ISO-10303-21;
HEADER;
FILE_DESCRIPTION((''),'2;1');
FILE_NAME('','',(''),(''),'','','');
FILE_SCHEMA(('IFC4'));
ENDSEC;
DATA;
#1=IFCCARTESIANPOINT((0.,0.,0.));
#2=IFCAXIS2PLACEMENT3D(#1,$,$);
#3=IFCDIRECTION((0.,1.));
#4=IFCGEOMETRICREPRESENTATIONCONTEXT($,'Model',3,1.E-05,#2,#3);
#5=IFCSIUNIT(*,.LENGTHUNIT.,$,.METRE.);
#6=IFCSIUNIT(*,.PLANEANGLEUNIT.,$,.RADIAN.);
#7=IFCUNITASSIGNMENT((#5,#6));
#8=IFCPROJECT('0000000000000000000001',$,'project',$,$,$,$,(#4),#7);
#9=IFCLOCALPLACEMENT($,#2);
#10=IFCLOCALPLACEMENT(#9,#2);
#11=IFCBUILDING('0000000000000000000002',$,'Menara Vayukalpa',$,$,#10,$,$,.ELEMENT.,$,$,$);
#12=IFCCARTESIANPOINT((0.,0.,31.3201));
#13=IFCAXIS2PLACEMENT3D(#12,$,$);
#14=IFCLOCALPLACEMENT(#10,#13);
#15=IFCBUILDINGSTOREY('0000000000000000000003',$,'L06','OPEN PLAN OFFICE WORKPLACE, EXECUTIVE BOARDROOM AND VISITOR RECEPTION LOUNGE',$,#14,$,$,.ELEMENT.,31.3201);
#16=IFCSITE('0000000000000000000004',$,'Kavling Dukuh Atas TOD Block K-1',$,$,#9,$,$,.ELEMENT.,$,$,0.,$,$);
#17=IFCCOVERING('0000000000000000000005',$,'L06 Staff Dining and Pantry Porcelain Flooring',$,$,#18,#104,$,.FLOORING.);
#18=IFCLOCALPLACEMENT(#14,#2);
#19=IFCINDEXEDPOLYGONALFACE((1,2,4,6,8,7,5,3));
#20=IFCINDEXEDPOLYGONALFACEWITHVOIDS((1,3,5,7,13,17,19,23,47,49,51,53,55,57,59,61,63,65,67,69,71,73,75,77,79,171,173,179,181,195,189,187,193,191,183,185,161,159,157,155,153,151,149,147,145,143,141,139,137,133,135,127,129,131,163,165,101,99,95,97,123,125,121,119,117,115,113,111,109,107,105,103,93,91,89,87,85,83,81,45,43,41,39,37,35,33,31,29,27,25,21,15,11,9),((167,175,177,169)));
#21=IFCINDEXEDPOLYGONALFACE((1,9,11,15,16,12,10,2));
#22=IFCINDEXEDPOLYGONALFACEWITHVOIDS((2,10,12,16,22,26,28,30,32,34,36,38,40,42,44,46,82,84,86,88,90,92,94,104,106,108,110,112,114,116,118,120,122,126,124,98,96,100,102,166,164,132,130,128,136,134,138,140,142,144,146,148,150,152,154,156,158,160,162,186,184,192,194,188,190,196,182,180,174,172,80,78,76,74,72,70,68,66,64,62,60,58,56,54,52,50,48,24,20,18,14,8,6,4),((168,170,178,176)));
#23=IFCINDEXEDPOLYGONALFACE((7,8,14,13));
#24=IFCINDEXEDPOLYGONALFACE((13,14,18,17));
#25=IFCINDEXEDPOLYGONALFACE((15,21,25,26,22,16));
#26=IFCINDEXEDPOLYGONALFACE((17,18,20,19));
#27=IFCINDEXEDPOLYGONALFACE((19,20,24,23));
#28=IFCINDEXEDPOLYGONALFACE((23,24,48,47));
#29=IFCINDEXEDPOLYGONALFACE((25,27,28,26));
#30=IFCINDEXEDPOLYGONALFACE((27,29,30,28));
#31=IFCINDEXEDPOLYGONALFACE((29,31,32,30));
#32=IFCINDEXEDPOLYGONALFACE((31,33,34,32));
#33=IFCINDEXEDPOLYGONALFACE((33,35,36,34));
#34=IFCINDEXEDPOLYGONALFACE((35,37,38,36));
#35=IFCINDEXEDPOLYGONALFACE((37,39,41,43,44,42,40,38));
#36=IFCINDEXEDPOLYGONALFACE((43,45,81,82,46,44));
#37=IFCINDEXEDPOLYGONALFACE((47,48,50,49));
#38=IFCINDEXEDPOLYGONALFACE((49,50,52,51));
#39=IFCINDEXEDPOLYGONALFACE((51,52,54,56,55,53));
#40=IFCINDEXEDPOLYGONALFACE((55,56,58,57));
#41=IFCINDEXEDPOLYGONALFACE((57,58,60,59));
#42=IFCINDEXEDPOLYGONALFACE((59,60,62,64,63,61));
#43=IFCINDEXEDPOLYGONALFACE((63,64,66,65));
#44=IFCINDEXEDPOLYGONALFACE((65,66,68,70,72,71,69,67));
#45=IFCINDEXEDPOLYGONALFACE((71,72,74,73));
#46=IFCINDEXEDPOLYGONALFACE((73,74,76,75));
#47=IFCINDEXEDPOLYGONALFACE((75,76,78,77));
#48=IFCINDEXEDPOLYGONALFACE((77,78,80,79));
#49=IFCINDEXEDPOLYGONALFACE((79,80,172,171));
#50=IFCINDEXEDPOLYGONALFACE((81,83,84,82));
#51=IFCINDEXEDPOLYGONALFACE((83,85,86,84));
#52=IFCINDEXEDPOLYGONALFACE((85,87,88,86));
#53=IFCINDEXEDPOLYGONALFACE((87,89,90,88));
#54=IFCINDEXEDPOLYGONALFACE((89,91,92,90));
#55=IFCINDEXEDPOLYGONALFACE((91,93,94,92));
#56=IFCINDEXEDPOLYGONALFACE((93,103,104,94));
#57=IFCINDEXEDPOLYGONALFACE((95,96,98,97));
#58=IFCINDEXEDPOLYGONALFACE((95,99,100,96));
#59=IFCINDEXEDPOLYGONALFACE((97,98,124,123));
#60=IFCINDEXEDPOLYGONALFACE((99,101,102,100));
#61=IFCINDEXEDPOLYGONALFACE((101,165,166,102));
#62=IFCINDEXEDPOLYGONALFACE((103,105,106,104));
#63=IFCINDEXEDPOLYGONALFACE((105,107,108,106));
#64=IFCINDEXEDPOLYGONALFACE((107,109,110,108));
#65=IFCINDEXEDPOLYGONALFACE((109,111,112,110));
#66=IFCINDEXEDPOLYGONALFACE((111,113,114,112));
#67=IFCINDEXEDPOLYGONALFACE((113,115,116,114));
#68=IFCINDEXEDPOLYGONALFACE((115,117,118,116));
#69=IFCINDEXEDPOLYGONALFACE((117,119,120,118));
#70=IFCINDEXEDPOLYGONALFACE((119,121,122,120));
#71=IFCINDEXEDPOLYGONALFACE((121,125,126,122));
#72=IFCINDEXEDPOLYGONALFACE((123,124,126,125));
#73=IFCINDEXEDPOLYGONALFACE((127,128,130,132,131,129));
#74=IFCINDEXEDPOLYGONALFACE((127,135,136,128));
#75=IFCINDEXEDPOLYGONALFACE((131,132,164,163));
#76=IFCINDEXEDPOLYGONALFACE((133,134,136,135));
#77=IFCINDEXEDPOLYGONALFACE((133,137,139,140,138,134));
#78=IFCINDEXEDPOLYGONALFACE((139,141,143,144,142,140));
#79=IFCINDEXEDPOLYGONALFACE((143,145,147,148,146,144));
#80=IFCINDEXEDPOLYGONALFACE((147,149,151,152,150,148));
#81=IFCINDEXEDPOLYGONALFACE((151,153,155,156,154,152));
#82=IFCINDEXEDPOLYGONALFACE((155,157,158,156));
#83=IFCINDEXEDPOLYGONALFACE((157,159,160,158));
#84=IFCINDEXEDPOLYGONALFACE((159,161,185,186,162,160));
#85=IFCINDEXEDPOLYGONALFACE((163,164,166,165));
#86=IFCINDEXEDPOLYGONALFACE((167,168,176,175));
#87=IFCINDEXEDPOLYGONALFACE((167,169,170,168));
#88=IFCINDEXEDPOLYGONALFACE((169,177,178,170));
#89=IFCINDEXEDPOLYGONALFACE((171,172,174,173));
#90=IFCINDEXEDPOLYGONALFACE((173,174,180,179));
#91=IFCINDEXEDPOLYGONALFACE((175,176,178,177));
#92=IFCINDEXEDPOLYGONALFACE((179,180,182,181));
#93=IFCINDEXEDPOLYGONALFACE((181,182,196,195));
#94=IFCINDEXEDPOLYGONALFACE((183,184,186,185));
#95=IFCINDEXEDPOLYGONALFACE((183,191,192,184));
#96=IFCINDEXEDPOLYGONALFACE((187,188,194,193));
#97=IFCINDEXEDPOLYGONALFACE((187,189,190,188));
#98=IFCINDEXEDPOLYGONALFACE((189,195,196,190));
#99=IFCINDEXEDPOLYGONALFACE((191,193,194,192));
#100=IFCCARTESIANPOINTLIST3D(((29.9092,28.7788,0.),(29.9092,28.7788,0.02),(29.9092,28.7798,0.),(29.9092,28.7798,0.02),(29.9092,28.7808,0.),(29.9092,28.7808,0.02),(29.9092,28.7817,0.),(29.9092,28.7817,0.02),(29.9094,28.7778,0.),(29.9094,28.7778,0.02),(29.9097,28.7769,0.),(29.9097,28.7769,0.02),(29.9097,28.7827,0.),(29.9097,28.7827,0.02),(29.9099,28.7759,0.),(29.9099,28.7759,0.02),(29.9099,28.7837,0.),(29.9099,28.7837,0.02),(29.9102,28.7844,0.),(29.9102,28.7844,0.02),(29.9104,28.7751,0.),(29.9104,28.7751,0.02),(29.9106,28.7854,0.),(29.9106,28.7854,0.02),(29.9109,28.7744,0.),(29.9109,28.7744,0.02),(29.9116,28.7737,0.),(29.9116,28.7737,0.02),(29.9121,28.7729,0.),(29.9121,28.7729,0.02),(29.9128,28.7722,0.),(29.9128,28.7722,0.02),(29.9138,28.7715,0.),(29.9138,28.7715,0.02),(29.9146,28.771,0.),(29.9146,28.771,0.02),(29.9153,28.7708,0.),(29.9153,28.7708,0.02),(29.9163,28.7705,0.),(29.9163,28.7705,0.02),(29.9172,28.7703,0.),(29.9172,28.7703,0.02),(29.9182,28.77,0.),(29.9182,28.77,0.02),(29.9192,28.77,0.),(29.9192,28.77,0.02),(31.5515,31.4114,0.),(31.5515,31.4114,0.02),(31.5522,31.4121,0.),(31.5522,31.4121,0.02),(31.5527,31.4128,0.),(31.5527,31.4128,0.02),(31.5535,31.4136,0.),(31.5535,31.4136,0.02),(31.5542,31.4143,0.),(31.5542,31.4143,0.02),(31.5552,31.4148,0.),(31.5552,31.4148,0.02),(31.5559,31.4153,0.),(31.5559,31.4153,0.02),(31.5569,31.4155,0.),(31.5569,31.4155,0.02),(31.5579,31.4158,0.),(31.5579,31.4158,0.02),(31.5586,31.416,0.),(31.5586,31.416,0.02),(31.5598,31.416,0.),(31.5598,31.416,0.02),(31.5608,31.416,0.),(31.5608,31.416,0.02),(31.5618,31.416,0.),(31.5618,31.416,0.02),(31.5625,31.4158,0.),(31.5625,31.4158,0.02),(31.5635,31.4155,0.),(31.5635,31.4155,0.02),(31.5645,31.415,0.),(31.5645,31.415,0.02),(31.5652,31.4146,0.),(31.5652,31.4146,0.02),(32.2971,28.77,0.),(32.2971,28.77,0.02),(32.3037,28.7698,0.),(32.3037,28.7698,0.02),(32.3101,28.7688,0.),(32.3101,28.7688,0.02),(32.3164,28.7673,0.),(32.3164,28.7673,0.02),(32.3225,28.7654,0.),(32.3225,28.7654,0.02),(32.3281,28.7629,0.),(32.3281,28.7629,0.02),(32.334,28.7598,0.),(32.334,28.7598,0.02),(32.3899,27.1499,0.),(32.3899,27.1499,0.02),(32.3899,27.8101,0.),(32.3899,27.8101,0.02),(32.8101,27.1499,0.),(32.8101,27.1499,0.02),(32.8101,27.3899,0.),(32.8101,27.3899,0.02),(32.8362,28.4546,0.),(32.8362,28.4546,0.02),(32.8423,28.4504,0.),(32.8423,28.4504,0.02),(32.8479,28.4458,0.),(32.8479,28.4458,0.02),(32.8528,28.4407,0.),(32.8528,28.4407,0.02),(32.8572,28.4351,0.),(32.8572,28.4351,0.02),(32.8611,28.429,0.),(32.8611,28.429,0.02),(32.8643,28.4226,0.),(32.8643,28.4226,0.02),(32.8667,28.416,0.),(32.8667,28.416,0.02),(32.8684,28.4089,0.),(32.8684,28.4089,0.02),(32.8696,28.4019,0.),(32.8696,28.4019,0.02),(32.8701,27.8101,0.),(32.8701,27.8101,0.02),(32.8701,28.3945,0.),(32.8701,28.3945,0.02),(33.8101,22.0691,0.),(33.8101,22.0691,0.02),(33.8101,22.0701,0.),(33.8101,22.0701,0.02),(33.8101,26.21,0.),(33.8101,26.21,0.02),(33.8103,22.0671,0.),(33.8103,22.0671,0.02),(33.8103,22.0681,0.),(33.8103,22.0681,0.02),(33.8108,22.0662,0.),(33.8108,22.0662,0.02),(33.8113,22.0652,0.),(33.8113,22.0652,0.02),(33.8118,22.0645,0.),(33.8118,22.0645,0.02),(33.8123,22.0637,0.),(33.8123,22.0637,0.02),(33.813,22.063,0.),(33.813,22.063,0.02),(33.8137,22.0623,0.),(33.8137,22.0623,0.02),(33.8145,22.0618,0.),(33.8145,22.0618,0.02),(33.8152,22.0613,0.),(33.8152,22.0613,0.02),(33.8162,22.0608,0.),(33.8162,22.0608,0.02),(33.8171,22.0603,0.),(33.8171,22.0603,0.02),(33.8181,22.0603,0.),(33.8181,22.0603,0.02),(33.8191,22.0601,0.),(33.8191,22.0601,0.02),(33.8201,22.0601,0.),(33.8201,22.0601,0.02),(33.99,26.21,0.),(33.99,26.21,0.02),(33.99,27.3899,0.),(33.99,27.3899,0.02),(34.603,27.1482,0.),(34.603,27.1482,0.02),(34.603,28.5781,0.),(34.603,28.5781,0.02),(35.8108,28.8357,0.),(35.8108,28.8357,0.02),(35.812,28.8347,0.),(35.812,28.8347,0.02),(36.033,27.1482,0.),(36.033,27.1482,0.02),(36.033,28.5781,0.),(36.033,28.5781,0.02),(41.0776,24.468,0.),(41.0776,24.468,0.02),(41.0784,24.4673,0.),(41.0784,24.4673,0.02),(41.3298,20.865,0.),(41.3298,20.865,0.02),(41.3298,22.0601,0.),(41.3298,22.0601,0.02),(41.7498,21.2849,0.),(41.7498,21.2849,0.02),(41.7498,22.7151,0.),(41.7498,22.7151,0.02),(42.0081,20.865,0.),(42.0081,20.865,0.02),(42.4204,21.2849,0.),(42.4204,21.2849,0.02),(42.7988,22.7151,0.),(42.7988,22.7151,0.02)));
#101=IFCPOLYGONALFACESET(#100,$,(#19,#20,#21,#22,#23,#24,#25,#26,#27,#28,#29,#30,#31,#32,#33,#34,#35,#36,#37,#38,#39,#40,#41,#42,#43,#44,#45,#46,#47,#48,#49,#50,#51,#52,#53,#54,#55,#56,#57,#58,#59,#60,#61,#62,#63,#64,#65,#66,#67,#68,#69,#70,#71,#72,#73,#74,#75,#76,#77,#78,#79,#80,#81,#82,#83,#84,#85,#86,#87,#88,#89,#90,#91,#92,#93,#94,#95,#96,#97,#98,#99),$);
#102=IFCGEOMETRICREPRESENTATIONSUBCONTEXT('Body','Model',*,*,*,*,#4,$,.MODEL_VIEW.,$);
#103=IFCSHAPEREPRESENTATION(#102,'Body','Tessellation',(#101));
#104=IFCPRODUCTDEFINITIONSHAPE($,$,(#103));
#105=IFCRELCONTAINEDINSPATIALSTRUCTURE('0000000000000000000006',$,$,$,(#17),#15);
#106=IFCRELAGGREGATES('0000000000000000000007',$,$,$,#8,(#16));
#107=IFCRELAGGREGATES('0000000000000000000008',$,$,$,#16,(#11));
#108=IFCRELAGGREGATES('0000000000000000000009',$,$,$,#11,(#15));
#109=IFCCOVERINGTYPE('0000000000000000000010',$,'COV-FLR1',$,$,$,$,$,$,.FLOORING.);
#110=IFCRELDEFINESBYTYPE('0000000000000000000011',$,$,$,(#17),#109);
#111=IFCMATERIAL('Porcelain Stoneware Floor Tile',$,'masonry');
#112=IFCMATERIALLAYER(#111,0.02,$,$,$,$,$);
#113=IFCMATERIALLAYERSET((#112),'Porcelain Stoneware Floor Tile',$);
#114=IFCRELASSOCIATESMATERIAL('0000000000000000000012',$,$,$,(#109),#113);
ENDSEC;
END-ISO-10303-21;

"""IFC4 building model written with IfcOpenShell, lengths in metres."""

from ifc_helpers import new_model, si_unit, direction, frame, origin, place, context, subcontext, project, spatial, polyline, outline, extrude, material, layer, layer_set, type_object, element, save


model = new_model("IFC4")

# Units and contexts
model_context = context("Model", 3, precision=1e-05, world=origin(), true_north=direction((0.0, 1.0)))
body_context = subcontext(model_context, "Body", "Model", "MODEL_VIEW")
ifc_project = project(units=[si_unit("LENGTHUNIT", "METRE"), si_unit("PLANEANGLEUNIT", "RADIAN")], contexts=[model_context])

# Site, building, storey
site_placement = place(None, origin())
site = spatial("IfcSite", under=ifc_project, at=site_placement, Name="Kavling Dukuh Atas TOD Block K-1", CompositionType="ELEMENT", RefElevation=0.0)
building_placement = place(site_placement, origin())
building = spatial("IfcBuilding", under=site, at=building_placement, Name="Menara Vayukalpa", CompositionType="ELEMENT")
storey_placement = place(building_placement, frame((0.0, 0.0, 31.3201)))
storey = spatial("IfcBuildingStorey", under=building, at=storey_placement, Name="L06", Description="OPEN PLAN OFFICE WORKPLACE, EXECUTIVE BOARDROOM AND VISITOR RECEPTION LOUNGE", CompositionType="ELEMENT", Elevation=31.3201)

# Covering
ifc_material_1 = material(Name="Porcelain Stoneware Floor Tile", Category="masonry")
ifc_layer_1 = layer(ifc_material_1, 0.02)
ifc_layer_set_1 = layer_set([ifc_layer_1], Name="Porcelain Stoneware Floor Tile")
covering_type_1 = type_object("IfcCoveringType", Name="COV-FLR1", PredefinedType="FLOORING", material=ifc_layer_set_1)
covering_1_placement = place(storey_placement, origin())
element("IfcCovering", 1, at=covering_1_placement, inside=storey, type_object=covering_type_1, Name="L06 Staff Dining and Pantry Porcelain Flooring", PredefinedType="FLOORING", context=body_context, shape_type="SweptSolid", body=[
    extrude(outline(polyline([(33.8191, 22.0601), (33.8181, 22.0603), (33.8171, 22.0603), (33.8162, 22.0608), (33.8152, 22.0613), (33.8145, 22.0618), (33.8137, 22.0623), (33.813, 22.063), (33.8123, 22.0637), (33.8118, 22.0645), (33.8113, 22.0652), (33.8108, 22.0662), (33.8103, 22.0671), (33.8103, 22.0681), (33.8101, 22.0691), (33.8101, 22.0701), (33.8101, 26.21), (33.99, 26.21), (33.99, 27.3899), (32.8101, 27.3899), (32.8101, 27.1499), (32.3899, 27.1499), (32.3899, 27.8101), (32.8701, 27.8101), (32.8701, 28.3945), (32.8696, 28.4019), (32.8684, 28.4089), (32.8667, 28.416), (32.8643, 28.4226), (32.8611, 28.429), (32.8572, 28.4351), (32.8528, 28.4407), (32.8479, 28.4458), (32.8423, 28.4504), (32.8362, 28.4546), (32.334, 28.7598), (32.3281, 28.7629), (32.3225, 28.7654), (32.3164, 28.7673), (32.3101, 28.7688), (32.3037, 28.7698), (32.2971, 28.77), (29.9192, 28.77), (29.9182, 28.77), (29.9172, 28.7703), (29.9163, 28.7705), (29.9153, 28.7708), (29.9146, 28.771), (29.9138, 28.7715), (29.9128, 28.7722), (29.9121, 28.7729), (29.9116, 28.7737), (29.9109, 28.7744), (29.9104, 28.7751), (29.9099, 28.7759), (29.9097, 28.7769), (29.9094, 28.7778), (29.9092, 28.7788), (29.9092, 28.7798), (29.9092, 28.7808), (29.9092, 28.7817), (29.9097, 28.7827), (29.9099, 28.7837), (29.9102, 28.7844), (29.9106, 28.7854), (31.5515, 31.4114), (31.5522, 31.4121), (31.5527, 31.4128), (31.5535, 31.4136), (31.5542, 31.4143), (31.5552, 31.4148), (31.5559, 31.4153), (31.5569, 31.4155), (31.5579, 31.4158), (31.5586, 31.416), (31.5598, 31.416), (31.5608, 31.416), (31.5618, 31.416), (31.5625, 31.4158), (31.5635, 31.4155), (31.5645, 31.415), (31.5652, 31.4146), (35.8108, 28.8357), (35.812, 28.8347), (41.0776, 24.468), (41.0784, 24.4673), (42.7988, 22.7151), (41.7498, 22.7151), (41.7498, 21.2849), (42.4204, 21.2849), (42.0081, 20.865), (41.3298, 20.865), (41.3298, 22.0601), (33.8201, 22.0601), (33.8191, 22.0601)]), holes=[polyline([(36.033, 27.1482), (36.033, 28.5781), (34.603, 28.5781), (34.603, 27.1482), (36.033, 27.1482)])]), origin(), (0.0, 0.0, 1.0), 0.02),
])

save(model, "model.ifc")
